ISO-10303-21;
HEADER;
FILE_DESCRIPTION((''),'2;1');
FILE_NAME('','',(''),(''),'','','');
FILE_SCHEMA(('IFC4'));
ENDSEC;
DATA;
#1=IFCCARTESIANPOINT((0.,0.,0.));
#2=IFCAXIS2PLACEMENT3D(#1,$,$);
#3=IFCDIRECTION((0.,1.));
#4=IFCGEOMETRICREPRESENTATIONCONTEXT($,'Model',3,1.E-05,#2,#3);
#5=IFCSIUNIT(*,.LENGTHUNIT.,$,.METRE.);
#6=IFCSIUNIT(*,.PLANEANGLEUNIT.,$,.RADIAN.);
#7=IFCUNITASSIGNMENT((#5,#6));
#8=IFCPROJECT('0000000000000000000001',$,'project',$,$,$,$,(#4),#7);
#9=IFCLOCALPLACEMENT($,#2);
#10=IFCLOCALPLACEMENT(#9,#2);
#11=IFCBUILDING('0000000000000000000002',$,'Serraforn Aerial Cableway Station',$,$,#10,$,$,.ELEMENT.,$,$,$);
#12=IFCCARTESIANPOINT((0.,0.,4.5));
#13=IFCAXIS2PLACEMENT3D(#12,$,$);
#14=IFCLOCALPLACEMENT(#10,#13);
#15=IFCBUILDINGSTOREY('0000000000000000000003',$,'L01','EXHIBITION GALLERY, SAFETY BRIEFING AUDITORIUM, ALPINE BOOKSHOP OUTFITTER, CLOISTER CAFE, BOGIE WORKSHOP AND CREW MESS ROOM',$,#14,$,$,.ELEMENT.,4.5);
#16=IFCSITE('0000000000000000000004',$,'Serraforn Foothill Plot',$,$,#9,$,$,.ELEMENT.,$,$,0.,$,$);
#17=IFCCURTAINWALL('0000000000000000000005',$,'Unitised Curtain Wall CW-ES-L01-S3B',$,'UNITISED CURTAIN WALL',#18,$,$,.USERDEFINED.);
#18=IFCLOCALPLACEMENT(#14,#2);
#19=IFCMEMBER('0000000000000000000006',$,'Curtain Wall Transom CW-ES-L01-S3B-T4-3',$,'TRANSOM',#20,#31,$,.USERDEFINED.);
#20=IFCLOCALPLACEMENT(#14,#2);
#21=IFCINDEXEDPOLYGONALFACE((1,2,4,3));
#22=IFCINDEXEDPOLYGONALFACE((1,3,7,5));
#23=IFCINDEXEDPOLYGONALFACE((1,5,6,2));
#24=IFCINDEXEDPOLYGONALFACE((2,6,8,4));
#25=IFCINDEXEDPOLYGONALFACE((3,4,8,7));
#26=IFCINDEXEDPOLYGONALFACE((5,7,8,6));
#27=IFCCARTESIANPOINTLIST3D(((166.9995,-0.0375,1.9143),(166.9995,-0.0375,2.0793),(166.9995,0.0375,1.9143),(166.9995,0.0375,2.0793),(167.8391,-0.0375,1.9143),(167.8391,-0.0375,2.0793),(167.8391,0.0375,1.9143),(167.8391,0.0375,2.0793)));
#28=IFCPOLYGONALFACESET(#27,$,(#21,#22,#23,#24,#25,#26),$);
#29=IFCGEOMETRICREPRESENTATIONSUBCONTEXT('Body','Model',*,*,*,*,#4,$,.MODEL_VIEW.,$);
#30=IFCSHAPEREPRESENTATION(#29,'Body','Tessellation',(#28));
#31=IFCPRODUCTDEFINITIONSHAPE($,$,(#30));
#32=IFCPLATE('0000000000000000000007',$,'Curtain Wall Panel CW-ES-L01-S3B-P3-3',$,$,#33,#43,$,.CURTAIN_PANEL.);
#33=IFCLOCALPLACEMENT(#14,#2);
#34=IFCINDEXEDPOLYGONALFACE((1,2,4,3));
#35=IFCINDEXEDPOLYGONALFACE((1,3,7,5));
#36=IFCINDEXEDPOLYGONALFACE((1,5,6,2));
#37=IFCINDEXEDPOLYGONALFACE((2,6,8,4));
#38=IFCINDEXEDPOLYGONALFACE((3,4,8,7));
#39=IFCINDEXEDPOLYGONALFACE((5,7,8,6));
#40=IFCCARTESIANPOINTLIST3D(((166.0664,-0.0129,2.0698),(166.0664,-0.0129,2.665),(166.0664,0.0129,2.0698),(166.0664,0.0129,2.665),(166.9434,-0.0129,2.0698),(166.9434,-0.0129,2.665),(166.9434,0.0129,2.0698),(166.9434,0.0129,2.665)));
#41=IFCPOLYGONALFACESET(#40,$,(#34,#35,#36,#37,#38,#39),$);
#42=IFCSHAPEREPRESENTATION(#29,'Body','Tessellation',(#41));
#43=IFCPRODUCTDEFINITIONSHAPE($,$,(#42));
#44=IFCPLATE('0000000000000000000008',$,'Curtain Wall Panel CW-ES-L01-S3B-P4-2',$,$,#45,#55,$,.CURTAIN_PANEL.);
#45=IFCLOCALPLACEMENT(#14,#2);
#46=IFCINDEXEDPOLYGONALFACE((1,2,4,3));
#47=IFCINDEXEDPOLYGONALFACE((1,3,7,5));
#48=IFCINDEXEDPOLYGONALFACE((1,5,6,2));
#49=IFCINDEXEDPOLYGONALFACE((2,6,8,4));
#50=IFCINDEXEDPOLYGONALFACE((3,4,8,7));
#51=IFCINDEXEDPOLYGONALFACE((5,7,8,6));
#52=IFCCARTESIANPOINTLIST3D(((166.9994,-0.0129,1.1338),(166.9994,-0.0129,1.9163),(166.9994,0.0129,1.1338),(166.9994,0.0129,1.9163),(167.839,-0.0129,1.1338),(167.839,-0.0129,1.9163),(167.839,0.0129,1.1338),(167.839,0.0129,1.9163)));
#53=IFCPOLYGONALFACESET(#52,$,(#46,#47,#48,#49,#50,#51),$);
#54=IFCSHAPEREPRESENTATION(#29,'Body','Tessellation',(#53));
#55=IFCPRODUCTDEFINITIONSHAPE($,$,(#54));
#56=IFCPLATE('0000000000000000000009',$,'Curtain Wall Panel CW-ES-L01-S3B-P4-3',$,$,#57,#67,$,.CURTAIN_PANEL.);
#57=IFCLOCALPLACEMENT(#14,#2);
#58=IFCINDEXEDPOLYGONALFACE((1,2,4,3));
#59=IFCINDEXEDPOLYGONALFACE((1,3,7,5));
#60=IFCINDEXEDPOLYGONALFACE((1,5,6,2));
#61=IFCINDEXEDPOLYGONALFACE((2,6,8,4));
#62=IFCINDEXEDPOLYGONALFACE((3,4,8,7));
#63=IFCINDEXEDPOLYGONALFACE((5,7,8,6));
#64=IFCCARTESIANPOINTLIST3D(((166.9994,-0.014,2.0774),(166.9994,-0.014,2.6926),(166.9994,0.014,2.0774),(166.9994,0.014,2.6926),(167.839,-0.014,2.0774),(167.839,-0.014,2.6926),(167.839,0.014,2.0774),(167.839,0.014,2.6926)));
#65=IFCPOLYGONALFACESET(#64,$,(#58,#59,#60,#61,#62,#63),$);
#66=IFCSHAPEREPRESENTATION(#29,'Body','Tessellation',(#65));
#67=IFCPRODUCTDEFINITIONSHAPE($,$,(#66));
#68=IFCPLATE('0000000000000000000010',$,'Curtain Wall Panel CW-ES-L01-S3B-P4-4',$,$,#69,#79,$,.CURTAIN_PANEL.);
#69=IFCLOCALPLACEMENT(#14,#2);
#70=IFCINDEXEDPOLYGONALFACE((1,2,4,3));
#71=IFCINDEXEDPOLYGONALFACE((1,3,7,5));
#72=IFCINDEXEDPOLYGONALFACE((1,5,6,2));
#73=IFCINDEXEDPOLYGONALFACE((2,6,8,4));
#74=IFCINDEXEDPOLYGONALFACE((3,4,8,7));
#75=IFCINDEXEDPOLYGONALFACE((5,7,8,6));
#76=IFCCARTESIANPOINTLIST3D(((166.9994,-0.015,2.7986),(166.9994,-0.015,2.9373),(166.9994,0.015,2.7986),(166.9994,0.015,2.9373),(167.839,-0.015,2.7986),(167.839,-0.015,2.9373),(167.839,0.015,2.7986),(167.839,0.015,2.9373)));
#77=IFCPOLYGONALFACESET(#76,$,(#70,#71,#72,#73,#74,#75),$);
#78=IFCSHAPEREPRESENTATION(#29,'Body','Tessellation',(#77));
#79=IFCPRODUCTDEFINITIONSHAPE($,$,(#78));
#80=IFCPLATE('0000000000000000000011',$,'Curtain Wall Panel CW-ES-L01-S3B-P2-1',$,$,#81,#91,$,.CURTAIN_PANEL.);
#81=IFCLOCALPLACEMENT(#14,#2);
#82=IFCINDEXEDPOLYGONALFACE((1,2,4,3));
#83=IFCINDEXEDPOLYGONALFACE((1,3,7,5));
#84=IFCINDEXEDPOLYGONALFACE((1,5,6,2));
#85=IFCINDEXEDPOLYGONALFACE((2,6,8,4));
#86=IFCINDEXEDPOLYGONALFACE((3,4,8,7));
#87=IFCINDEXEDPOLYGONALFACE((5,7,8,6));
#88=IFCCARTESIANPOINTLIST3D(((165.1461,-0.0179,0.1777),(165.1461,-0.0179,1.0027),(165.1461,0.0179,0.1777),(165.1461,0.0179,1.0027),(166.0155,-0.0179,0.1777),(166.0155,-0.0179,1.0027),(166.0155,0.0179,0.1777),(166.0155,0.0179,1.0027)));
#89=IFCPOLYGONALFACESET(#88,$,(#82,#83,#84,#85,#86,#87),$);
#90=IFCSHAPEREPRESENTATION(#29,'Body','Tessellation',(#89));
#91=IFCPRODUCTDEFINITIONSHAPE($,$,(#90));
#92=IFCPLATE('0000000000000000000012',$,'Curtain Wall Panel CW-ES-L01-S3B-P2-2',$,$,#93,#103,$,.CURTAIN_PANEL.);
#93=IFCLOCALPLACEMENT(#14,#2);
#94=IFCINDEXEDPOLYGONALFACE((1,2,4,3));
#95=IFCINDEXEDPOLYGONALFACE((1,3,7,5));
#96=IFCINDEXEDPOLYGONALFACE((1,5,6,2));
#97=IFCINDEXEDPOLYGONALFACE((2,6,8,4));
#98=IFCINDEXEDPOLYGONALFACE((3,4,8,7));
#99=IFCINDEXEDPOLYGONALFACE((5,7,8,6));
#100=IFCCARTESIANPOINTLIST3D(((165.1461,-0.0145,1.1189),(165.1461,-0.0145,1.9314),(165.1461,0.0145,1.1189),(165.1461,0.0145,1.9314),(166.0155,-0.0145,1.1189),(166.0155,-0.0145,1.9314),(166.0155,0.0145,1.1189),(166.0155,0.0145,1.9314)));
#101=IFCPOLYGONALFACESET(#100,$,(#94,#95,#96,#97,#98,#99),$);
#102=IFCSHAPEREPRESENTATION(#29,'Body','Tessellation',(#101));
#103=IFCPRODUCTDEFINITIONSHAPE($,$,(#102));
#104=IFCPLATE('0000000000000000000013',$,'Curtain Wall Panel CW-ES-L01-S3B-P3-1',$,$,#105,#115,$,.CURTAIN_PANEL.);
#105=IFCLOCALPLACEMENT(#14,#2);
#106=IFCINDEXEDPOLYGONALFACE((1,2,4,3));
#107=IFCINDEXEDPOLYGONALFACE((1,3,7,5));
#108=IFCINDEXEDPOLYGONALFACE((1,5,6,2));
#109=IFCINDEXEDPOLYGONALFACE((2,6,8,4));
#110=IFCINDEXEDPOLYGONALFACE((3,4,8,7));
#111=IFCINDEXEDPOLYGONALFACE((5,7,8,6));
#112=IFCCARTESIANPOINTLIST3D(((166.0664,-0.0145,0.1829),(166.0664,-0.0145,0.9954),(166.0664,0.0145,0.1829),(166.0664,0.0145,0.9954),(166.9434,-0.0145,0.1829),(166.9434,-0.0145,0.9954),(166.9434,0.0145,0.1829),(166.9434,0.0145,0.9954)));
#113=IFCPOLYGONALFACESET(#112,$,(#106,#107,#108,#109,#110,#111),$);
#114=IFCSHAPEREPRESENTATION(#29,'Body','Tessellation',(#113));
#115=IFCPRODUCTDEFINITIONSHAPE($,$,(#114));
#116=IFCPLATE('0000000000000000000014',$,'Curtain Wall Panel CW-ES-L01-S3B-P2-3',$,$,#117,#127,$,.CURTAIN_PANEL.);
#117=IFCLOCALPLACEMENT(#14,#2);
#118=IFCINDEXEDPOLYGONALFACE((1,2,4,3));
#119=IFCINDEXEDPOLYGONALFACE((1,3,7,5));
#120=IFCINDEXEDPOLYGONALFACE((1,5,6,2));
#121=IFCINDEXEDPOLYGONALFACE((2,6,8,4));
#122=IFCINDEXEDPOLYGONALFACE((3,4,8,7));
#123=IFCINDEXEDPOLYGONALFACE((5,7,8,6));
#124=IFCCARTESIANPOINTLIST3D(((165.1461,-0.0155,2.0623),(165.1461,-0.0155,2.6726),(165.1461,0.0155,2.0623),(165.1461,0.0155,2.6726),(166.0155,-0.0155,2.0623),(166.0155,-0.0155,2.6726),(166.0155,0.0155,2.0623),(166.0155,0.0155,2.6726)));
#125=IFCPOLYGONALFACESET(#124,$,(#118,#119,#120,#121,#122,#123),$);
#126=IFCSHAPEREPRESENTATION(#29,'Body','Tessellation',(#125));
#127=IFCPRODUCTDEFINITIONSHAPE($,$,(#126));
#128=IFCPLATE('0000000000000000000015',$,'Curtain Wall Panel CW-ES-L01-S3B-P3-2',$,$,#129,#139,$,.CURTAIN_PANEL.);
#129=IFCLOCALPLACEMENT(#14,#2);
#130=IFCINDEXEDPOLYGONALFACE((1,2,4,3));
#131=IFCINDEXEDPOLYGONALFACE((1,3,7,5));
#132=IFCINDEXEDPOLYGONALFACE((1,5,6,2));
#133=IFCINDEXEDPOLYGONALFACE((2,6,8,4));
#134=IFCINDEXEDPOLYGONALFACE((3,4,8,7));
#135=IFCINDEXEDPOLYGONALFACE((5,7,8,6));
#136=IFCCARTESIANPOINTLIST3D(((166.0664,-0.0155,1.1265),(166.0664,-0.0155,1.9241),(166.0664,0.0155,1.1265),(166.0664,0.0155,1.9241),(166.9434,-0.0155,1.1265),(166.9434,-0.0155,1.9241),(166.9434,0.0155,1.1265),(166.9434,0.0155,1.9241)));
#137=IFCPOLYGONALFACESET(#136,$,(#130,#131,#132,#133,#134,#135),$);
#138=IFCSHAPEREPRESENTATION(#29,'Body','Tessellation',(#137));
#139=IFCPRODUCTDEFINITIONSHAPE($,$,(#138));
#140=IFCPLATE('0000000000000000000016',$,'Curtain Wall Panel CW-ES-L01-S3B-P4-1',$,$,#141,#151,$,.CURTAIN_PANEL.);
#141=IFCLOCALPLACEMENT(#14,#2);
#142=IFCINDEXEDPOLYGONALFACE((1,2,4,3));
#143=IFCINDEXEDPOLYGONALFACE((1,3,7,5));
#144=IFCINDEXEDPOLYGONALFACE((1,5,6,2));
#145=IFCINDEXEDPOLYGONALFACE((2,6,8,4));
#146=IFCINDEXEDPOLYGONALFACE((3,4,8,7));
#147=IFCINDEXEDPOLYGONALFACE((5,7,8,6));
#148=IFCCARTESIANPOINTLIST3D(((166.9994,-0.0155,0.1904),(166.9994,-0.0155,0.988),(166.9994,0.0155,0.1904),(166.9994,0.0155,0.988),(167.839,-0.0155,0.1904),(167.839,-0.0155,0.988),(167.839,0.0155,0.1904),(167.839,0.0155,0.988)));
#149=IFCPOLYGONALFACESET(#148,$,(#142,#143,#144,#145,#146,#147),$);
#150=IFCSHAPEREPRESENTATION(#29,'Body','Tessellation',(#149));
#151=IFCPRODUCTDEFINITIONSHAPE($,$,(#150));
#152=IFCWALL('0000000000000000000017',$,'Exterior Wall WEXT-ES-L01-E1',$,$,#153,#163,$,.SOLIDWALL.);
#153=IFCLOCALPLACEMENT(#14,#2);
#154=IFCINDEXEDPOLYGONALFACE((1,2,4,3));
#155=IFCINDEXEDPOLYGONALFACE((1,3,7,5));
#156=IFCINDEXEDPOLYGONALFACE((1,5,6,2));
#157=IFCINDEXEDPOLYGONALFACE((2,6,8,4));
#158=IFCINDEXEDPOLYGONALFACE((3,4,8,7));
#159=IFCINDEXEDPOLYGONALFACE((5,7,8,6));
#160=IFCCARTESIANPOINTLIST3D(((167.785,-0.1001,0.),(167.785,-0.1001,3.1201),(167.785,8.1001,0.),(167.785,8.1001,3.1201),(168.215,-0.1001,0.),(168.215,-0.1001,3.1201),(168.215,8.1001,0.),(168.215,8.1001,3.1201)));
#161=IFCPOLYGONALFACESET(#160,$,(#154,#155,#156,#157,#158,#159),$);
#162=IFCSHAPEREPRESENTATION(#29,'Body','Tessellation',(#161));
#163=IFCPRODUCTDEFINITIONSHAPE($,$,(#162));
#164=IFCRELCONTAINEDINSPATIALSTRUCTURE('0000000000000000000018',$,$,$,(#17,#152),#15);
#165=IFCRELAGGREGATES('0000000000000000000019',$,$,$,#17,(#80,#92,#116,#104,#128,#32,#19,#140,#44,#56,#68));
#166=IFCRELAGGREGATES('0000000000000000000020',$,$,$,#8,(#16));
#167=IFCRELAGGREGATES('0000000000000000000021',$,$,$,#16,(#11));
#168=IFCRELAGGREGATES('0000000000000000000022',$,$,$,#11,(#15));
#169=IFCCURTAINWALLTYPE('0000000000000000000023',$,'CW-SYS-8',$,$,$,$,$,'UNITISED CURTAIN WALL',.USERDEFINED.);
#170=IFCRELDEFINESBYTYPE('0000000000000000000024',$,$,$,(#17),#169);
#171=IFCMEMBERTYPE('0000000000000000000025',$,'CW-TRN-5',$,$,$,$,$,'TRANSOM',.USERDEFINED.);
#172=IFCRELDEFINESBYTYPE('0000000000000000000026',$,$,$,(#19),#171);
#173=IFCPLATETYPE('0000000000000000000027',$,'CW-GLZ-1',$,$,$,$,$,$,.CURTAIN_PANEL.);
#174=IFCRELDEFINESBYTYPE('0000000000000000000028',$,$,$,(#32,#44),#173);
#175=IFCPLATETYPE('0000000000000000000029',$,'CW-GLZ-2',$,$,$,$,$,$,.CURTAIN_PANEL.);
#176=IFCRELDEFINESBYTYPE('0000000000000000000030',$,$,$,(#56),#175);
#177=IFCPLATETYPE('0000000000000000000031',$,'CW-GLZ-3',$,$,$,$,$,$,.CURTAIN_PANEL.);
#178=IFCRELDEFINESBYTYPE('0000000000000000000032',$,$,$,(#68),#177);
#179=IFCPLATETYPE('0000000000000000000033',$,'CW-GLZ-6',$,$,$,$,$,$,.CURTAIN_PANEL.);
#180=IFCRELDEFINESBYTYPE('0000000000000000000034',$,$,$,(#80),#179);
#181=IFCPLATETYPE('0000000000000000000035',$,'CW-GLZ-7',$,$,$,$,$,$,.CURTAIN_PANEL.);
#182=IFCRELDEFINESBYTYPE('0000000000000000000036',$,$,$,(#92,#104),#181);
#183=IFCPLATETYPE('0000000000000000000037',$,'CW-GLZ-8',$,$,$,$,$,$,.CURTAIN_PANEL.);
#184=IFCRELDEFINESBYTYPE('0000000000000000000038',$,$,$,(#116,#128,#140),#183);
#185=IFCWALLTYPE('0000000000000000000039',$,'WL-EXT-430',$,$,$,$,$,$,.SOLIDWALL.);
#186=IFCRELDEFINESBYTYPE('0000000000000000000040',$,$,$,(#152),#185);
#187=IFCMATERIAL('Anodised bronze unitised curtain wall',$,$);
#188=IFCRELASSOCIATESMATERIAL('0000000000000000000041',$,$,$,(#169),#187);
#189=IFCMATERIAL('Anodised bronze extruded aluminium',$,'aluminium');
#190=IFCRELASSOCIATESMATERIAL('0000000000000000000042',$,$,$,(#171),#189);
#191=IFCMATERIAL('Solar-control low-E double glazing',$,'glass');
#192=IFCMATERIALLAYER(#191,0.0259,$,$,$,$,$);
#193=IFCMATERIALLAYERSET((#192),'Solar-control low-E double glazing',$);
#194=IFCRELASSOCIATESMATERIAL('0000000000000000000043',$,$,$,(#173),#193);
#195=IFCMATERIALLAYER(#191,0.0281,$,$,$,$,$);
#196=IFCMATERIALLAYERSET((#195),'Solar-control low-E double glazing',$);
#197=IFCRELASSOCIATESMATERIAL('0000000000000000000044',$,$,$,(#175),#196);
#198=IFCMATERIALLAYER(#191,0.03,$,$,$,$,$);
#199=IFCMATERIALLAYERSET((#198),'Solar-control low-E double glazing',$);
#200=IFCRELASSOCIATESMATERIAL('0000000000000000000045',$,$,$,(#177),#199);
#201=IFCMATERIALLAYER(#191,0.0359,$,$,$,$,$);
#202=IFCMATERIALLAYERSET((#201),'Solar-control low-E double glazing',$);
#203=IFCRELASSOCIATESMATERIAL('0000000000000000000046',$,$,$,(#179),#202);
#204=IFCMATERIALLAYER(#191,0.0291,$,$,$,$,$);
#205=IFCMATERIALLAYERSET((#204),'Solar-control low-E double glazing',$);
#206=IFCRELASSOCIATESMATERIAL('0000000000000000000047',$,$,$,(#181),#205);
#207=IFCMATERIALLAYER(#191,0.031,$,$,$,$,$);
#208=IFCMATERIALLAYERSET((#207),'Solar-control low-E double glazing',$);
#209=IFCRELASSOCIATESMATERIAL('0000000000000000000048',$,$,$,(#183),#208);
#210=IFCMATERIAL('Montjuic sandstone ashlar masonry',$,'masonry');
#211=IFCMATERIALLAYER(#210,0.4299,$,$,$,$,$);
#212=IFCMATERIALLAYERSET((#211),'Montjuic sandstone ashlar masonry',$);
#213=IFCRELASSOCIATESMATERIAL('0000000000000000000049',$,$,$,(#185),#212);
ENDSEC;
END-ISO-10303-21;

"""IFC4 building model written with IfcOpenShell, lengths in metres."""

from ifc_helpers import new_model, si_unit, direction, frame, frame_2d, origin, origin_2d, place, context, subcontext, project, spatial, rectangle, extrude, material, layer, layer_set, material_profile, profile_set, type_object, element, aggregate, save


model = new_model("IFC4")

# Units and contexts
model_context = context("Model", 3, precision=1e-05, world=origin(), true_north=direction((0.0, 1.0)))
body_context = subcontext(model_context, "Body", "Model", "MODEL_VIEW")
ifc_project = project(units=[si_unit("LENGTHUNIT", "METRE"), si_unit("PLANEANGLEUNIT", "RADIAN")], contexts=[model_context])

# Site, building, storey
site_placement = place(None, origin())
site = spatial("IfcSite", under=ifc_project, at=site_placement, Name="Serraforn Foothill Plot", CompositionType="ELEMENT", RefElevation=0.0)
building_placement = place(site_placement, origin())
building = spatial("IfcBuilding", under=site, at=building_placement, Name="Serraforn Aerial Cableway Station", CompositionType="ELEMENT")
storey_placement = place(building_placement, frame((0.0, 0.0, 4.5)))
storey = spatial("IfcBuildingStorey", under=building, at=storey_placement, Name="L01", Description="EXHIBITION GALLERY, SAFETY BRIEFING AUDITORIUM, ALPINE BOOKSHOP OUTFITTER, CLOISTER CAFE, BOGIE WORKSHOP AND CREW MESS ROOM", CompositionType="ELEMENT", Elevation=4.5)

# Curtain wall, member, plates
ifc_material_1 = material(Name="Anodised bronze unitised curtain wall")
curtain_wall_type = type_object("IfcCurtainWallType", Name="CW-SYS-8", ElementType="UNITISED CURTAIN WALL", PredefinedType="USERDEFINED", material=ifc_material_1)
curtain_wall_placement = place(storey_placement, origin())
curtain_wall = element("IfcCurtainWall", 1, at=curtain_wall_placement, inside=storey, type_object=curtain_wall_type, Name="Unitised Curtain Wall CW-ES-L01-S3B", ObjectType="UNITISED CURTAIN WALL", PredefinedType="USERDEFINED")
ifc_material_2 = material(Name="Anodised bronze extruded aluminium", Category="aluminium")
ifc_material_profile_1 = material_profile(ifc_material_2, rectangle(XDim=0.075, YDim=0.165, at=origin_2d()), Name="CW TRANSOM 75x165")
ifc_profile_set_1 = profile_set([ifc_material_profile_1], Name="Anodised bronze extruded aluminium")
member_type_1 = type_object("IfcMemberType", Name="CW-TRN-5", ElementType="TRANSOM", PredefinedType="USERDEFINED", material=ifc_profile_set_1)
member_1_placement = place(storey_placement, frame((166.9995, 0.0, 1.9968), z_axis=(1.0, 0.0, 0.0), x_axis=(0.0, 1.0, 0.0)))
member_1 = element("IfcMember", 2, at=member_1_placement, type_object=member_type_1, Name="Curtain Wall Transom CW-ES-L01-S3B-T4-3", ObjectType="TRANSOM", PredefinedType="USERDEFINED", context=body_context, shape_type="SweptSolid", body=[
    extrude(rectangle(XDim=0.075, YDim=0.165, at=origin_2d()), origin(), (0.0, 0.0, 1.0), 0.8396),
])
ifc_material_3 = material(Name="Solar-control low-E double glazing", Category="glass")
ifc_layer_1 = layer(ifc_material_3, 0.0259)
ifc_layer_set_1 = layer_set([ifc_layer_1], Name="Solar-control low-E double glazing")
plate_type_1 = type_object("IfcPlateType", Name="CW-GLZ-1", PredefinedType="CURTAIN_PANEL", material=ifc_layer_set_1)
plate_1_placement = place(storey_placement, frame((166.5049, 0.0, 2.0698), z_axis=(0.0, 0.0, 1.0), x_axis=(1.0, 0.0, 0.0)))
plate_1 = element("IfcPlate", 3, at=plate_1_placement, type_object=plate_type_1, Name="Curtain Wall Panel CW-ES-L01-S3B-P3-3", PredefinedType="CURTAIN_PANEL", context=body_context, shape_type="SweptSolid", body=[
    extrude(rectangle(XDim=0.877, YDim=0.0259, at=origin_2d()), origin(), (0.0, 0.0, 1.0), 0.5952),
])
plate_2_placement = place(storey_placement, frame((167.4192, 0.0, 1.1338), z_axis=(0.0, 0.0, 1.0), x_axis=(1.0, 0.0, 0.0)))
plate_2 = element("IfcPlate", 4, at=plate_2_placement, type_object=plate_type_1, Name="Curtain Wall Panel CW-ES-L01-S3B-P4-2", PredefinedType="CURTAIN_PANEL", context=body_context, shape_type="SweptSolid", body=[
    extrude(rectangle(XDim=0.8396, YDim=0.0259, at=origin_2d()), origin(), (0.0, 0.0, 1.0), 0.7825),
])
ifc_layer_2 = layer(ifc_material_3, 0.0281)
ifc_layer_set_2 = layer_set([ifc_layer_2], Name="Solar-control low-E double glazing")
plate_type_2 = type_object("IfcPlateType", Name="CW-GLZ-2", PredefinedType="CURTAIN_PANEL", material=ifc_layer_set_2)
plate_3_placement = place(storey_placement, frame((167.4192, 0.0, 2.0774), z_axis=(0.0, 0.0, 1.0), x_axis=(1.0, 0.0, 0.0)))
plate_3 = element("IfcPlate", 5, at=plate_3_placement, type_object=plate_type_2, Name="Curtain Wall Panel CW-ES-L01-S3B-P4-3", PredefinedType="CURTAIN_PANEL", context=body_context, shape_type="SweptSolid", body=[
    extrude(rectangle(XDim=0.8396, YDim=0.0281, at=origin_2d()), origin(), (0.0, 0.0, 1.0), 0.6152),
])
ifc_layer_3 = layer(ifc_material_3, 0.03)
ifc_layer_set_3 = layer_set([ifc_layer_3], Name="Solar-control low-E double glazing")
plate_type_3 = type_object("IfcPlateType", Name="CW-GLZ-3", PredefinedType="CURTAIN_PANEL", material=ifc_layer_set_3)
plate_4_placement = place(storey_placement, frame((167.4192, 0.0, 2.7986), z_axis=(0.0, 0.0, 1.0), x_axis=(1.0, 0.0, 0.0)))
plate_4 = element("IfcPlate", 6, at=plate_4_placement, type_object=plate_type_3, Name="Curtain Wall Panel CW-ES-L01-S3B-P4-4", PredefinedType="CURTAIN_PANEL", context=body_context, shape_type="SweptSolid", body=[
    extrude(rectangle(XDim=0.8396, YDim=0.03, at=origin_2d()), origin(), (0.0, 0.0, 1.0), 0.1387),
])
ifc_layer_4 = layer(ifc_material_3, 0.0359)
ifc_layer_set_4 = layer_set([ifc_layer_4], Name="Solar-control low-E double glazing")
plate_type_4 = type_object("IfcPlateType", Name="CW-GLZ-6", PredefinedType="CURTAIN_PANEL", material=ifc_layer_set_4)
plate_5_placement = place(storey_placement, frame((165.5808, 0.0, 0.1777), z_axis=(0.0, 0.0, 1.0), x_axis=(1.0, 0.0, 0.0)))
plate_5 = element("IfcPlate", 7, at=plate_5_placement, type_object=plate_type_4, Name="Curtain Wall Panel CW-ES-L01-S3B-P2-1", PredefinedType="CURTAIN_PANEL", context=body_context, shape_type="SweptSolid", body=[
    extrude(rectangle(XDim=0.8694, YDim=0.0359, at=origin_2d()), origin(), (0.0, 0.0, 1.0), 0.825),
])
ifc_layer_5 = layer(ifc_material_3, 0.0291)
ifc_layer_set_5 = layer_set([ifc_layer_5], Name="Solar-control low-E double glazing")
plate_type_5 = type_object("IfcPlateType", Name="CW-GLZ-7", PredefinedType="CURTAIN_PANEL", material=ifc_layer_set_5)
plate_6_placement = place(storey_placement, frame((165.5808, 0.0, 1.1189), z_axis=(0.0, 0.0, 1.0), x_axis=(1.0, 0.0, 0.0)))
plate_6 = element("IfcPlate", 8, at=plate_6_placement, type_object=plate_type_5, Name="Curtain Wall Panel CW-ES-L01-S3B-P2-2", PredefinedType="CURTAIN_PANEL", context=body_context, shape_type="SweptSolid", body=[
    extrude(rectangle(XDim=0.8694, YDim=0.0291, at=origin_2d()), origin(), (0.0, 0.0, 1.0), 0.8125),
])
plate_7_placement = place(storey_placement, frame((166.5049, 0.0, 0.1829), z_axis=(0.0, 0.0, 1.0), x_axis=(1.0, 0.0, 0.0)))
plate_7 = element("IfcPlate", 9, at=plate_7_placement, type_object=plate_type_5, Name="Curtain Wall Panel CW-ES-L01-S3B-P3-1", PredefinedType="CURTAIN_PANEL", context=body_context, shape_type="SweptSolid", body=[
    extrude(rectangle(XDim=0.877, YDim=0.0291, at=origin_2d()), origin(), (0.0, 0.0, 1.0), 0.8125),
])
ifc_layer_6 = layer(ifc_material_3, 0.031)
ifc_layer_set_6 = layer_set([ifc_layer_6], Name="Solar-control low-E double glazing")
plate_type_6 = type_object("IfcPlateType", Name="CW-GLZ-8", PredefinedType="CURTAIN_PANEL", material=ifc_layer_set_6)
plate_8_placement = place(storey_placement, frame((165.5808, 0.0, 2.0623), z_axis=(0.0, 0.0, 1.0), x_axis=(1.0, 0.0, 0.0)))
plate_8 = element("IfcPlate", 10, at=plate_8_placement, type_object=plate_type_6, Name="Curtain Wall Panel CW-ES-L01-S3B-P2-3", PredefinedType="CURTAIN_PANEL", context=body_context, shape_type="SweptSolid", body=[
    extrude(rectangle(XDim=0.8694, YDim=0.031, at=origin_2d()), origin(), (0.0, 0.0, 1.0), 0.6104),
])
plate_9_placement = place(storey_placement, frame((166.5049, 0.0, 1.1265), z_axis=(0.0, 0.0, 1.0), x_axis=(1.0, 0.0, 0.0)))
plate_9 = element("IfcPlate", 11, at=plate_9_placement, type_object=plate_type_6, Name="Curtain Wall Panel CW-ES-L01-S3B-P3-2", PredefinedType="CURTAIN_PANEL", context=body_context, shape_type="SweptSolid", body=[
    extrude(rectangle(XDim=0.877, YDim=0.031, at=origin_2d()), origin(), (0.0, 0.0, 1.0), 0.7976),
])
plate_10_placement = place(storey_placement, frame((167.4192, 0.0, 0.1904), z_axis=(0.0, 0.0, 1.0), x_axis=(1.0, 0.0, 0.0)))
plate_10 = element("IfcPlate", 12, at=plate_10_placement, type_object=plate_type_6, Name="Curtain Wall Panel CW-ES-L01-S3B-P4-1", PredefinedType="CURTAIN_PANEL", context=body_context, shape_type="SweptSolid", body=[
    extrude(rectangle(XDim=0.8396, YDim=0.031, at=origin_2d()), origin(), (0.0, 0.0, 1.0), 0.7976),
])
aggregate(curtain_wall, [plate_5, plate_6, plate_8, plate_7, plate_9, plate_1, member_1, plate_10, plate_2, plate_3, plate_4])

# Wall
ifc_material_4 = material(Name="Montjuic sandstone ashlar masonry", Category="masonry")
ifc_layer_7 = layer(ifc_material_4, 0.4299)
ifc_layer_set_7 = layer_set([ifc_layer_7], Name="Montjuic sandstone ashlar masonry")
wall_type = type_object("IfcWallType", Name="WL-EXT-430", PredefinedType="SOLIDWALL", material=ifc_layer_set_7)
wall_placement = place(storey_placement, frame((168.0, -0.1001, 0.0), z_axis=(0.0, 0.0, 1.0), x_axis=(0.0, 1.0, 0.0)))
element("IfcWall", 13, at=wall_placement, inside=storey, type_object=wall_type, Name="Exterior Wall WEXT-ES-L01-E1", PredefinedType="SOLIDWALL", context=body_context, shape_type="SweptSolid", body=[
    extrude(rectangle(XDim=8.2002, YDim=0.4299, at=frame_2d((4.1001, 0.0))), origin(), (0.0, 0.0, 1.0), 3.1201),
])

save(model, "model.ifc")
